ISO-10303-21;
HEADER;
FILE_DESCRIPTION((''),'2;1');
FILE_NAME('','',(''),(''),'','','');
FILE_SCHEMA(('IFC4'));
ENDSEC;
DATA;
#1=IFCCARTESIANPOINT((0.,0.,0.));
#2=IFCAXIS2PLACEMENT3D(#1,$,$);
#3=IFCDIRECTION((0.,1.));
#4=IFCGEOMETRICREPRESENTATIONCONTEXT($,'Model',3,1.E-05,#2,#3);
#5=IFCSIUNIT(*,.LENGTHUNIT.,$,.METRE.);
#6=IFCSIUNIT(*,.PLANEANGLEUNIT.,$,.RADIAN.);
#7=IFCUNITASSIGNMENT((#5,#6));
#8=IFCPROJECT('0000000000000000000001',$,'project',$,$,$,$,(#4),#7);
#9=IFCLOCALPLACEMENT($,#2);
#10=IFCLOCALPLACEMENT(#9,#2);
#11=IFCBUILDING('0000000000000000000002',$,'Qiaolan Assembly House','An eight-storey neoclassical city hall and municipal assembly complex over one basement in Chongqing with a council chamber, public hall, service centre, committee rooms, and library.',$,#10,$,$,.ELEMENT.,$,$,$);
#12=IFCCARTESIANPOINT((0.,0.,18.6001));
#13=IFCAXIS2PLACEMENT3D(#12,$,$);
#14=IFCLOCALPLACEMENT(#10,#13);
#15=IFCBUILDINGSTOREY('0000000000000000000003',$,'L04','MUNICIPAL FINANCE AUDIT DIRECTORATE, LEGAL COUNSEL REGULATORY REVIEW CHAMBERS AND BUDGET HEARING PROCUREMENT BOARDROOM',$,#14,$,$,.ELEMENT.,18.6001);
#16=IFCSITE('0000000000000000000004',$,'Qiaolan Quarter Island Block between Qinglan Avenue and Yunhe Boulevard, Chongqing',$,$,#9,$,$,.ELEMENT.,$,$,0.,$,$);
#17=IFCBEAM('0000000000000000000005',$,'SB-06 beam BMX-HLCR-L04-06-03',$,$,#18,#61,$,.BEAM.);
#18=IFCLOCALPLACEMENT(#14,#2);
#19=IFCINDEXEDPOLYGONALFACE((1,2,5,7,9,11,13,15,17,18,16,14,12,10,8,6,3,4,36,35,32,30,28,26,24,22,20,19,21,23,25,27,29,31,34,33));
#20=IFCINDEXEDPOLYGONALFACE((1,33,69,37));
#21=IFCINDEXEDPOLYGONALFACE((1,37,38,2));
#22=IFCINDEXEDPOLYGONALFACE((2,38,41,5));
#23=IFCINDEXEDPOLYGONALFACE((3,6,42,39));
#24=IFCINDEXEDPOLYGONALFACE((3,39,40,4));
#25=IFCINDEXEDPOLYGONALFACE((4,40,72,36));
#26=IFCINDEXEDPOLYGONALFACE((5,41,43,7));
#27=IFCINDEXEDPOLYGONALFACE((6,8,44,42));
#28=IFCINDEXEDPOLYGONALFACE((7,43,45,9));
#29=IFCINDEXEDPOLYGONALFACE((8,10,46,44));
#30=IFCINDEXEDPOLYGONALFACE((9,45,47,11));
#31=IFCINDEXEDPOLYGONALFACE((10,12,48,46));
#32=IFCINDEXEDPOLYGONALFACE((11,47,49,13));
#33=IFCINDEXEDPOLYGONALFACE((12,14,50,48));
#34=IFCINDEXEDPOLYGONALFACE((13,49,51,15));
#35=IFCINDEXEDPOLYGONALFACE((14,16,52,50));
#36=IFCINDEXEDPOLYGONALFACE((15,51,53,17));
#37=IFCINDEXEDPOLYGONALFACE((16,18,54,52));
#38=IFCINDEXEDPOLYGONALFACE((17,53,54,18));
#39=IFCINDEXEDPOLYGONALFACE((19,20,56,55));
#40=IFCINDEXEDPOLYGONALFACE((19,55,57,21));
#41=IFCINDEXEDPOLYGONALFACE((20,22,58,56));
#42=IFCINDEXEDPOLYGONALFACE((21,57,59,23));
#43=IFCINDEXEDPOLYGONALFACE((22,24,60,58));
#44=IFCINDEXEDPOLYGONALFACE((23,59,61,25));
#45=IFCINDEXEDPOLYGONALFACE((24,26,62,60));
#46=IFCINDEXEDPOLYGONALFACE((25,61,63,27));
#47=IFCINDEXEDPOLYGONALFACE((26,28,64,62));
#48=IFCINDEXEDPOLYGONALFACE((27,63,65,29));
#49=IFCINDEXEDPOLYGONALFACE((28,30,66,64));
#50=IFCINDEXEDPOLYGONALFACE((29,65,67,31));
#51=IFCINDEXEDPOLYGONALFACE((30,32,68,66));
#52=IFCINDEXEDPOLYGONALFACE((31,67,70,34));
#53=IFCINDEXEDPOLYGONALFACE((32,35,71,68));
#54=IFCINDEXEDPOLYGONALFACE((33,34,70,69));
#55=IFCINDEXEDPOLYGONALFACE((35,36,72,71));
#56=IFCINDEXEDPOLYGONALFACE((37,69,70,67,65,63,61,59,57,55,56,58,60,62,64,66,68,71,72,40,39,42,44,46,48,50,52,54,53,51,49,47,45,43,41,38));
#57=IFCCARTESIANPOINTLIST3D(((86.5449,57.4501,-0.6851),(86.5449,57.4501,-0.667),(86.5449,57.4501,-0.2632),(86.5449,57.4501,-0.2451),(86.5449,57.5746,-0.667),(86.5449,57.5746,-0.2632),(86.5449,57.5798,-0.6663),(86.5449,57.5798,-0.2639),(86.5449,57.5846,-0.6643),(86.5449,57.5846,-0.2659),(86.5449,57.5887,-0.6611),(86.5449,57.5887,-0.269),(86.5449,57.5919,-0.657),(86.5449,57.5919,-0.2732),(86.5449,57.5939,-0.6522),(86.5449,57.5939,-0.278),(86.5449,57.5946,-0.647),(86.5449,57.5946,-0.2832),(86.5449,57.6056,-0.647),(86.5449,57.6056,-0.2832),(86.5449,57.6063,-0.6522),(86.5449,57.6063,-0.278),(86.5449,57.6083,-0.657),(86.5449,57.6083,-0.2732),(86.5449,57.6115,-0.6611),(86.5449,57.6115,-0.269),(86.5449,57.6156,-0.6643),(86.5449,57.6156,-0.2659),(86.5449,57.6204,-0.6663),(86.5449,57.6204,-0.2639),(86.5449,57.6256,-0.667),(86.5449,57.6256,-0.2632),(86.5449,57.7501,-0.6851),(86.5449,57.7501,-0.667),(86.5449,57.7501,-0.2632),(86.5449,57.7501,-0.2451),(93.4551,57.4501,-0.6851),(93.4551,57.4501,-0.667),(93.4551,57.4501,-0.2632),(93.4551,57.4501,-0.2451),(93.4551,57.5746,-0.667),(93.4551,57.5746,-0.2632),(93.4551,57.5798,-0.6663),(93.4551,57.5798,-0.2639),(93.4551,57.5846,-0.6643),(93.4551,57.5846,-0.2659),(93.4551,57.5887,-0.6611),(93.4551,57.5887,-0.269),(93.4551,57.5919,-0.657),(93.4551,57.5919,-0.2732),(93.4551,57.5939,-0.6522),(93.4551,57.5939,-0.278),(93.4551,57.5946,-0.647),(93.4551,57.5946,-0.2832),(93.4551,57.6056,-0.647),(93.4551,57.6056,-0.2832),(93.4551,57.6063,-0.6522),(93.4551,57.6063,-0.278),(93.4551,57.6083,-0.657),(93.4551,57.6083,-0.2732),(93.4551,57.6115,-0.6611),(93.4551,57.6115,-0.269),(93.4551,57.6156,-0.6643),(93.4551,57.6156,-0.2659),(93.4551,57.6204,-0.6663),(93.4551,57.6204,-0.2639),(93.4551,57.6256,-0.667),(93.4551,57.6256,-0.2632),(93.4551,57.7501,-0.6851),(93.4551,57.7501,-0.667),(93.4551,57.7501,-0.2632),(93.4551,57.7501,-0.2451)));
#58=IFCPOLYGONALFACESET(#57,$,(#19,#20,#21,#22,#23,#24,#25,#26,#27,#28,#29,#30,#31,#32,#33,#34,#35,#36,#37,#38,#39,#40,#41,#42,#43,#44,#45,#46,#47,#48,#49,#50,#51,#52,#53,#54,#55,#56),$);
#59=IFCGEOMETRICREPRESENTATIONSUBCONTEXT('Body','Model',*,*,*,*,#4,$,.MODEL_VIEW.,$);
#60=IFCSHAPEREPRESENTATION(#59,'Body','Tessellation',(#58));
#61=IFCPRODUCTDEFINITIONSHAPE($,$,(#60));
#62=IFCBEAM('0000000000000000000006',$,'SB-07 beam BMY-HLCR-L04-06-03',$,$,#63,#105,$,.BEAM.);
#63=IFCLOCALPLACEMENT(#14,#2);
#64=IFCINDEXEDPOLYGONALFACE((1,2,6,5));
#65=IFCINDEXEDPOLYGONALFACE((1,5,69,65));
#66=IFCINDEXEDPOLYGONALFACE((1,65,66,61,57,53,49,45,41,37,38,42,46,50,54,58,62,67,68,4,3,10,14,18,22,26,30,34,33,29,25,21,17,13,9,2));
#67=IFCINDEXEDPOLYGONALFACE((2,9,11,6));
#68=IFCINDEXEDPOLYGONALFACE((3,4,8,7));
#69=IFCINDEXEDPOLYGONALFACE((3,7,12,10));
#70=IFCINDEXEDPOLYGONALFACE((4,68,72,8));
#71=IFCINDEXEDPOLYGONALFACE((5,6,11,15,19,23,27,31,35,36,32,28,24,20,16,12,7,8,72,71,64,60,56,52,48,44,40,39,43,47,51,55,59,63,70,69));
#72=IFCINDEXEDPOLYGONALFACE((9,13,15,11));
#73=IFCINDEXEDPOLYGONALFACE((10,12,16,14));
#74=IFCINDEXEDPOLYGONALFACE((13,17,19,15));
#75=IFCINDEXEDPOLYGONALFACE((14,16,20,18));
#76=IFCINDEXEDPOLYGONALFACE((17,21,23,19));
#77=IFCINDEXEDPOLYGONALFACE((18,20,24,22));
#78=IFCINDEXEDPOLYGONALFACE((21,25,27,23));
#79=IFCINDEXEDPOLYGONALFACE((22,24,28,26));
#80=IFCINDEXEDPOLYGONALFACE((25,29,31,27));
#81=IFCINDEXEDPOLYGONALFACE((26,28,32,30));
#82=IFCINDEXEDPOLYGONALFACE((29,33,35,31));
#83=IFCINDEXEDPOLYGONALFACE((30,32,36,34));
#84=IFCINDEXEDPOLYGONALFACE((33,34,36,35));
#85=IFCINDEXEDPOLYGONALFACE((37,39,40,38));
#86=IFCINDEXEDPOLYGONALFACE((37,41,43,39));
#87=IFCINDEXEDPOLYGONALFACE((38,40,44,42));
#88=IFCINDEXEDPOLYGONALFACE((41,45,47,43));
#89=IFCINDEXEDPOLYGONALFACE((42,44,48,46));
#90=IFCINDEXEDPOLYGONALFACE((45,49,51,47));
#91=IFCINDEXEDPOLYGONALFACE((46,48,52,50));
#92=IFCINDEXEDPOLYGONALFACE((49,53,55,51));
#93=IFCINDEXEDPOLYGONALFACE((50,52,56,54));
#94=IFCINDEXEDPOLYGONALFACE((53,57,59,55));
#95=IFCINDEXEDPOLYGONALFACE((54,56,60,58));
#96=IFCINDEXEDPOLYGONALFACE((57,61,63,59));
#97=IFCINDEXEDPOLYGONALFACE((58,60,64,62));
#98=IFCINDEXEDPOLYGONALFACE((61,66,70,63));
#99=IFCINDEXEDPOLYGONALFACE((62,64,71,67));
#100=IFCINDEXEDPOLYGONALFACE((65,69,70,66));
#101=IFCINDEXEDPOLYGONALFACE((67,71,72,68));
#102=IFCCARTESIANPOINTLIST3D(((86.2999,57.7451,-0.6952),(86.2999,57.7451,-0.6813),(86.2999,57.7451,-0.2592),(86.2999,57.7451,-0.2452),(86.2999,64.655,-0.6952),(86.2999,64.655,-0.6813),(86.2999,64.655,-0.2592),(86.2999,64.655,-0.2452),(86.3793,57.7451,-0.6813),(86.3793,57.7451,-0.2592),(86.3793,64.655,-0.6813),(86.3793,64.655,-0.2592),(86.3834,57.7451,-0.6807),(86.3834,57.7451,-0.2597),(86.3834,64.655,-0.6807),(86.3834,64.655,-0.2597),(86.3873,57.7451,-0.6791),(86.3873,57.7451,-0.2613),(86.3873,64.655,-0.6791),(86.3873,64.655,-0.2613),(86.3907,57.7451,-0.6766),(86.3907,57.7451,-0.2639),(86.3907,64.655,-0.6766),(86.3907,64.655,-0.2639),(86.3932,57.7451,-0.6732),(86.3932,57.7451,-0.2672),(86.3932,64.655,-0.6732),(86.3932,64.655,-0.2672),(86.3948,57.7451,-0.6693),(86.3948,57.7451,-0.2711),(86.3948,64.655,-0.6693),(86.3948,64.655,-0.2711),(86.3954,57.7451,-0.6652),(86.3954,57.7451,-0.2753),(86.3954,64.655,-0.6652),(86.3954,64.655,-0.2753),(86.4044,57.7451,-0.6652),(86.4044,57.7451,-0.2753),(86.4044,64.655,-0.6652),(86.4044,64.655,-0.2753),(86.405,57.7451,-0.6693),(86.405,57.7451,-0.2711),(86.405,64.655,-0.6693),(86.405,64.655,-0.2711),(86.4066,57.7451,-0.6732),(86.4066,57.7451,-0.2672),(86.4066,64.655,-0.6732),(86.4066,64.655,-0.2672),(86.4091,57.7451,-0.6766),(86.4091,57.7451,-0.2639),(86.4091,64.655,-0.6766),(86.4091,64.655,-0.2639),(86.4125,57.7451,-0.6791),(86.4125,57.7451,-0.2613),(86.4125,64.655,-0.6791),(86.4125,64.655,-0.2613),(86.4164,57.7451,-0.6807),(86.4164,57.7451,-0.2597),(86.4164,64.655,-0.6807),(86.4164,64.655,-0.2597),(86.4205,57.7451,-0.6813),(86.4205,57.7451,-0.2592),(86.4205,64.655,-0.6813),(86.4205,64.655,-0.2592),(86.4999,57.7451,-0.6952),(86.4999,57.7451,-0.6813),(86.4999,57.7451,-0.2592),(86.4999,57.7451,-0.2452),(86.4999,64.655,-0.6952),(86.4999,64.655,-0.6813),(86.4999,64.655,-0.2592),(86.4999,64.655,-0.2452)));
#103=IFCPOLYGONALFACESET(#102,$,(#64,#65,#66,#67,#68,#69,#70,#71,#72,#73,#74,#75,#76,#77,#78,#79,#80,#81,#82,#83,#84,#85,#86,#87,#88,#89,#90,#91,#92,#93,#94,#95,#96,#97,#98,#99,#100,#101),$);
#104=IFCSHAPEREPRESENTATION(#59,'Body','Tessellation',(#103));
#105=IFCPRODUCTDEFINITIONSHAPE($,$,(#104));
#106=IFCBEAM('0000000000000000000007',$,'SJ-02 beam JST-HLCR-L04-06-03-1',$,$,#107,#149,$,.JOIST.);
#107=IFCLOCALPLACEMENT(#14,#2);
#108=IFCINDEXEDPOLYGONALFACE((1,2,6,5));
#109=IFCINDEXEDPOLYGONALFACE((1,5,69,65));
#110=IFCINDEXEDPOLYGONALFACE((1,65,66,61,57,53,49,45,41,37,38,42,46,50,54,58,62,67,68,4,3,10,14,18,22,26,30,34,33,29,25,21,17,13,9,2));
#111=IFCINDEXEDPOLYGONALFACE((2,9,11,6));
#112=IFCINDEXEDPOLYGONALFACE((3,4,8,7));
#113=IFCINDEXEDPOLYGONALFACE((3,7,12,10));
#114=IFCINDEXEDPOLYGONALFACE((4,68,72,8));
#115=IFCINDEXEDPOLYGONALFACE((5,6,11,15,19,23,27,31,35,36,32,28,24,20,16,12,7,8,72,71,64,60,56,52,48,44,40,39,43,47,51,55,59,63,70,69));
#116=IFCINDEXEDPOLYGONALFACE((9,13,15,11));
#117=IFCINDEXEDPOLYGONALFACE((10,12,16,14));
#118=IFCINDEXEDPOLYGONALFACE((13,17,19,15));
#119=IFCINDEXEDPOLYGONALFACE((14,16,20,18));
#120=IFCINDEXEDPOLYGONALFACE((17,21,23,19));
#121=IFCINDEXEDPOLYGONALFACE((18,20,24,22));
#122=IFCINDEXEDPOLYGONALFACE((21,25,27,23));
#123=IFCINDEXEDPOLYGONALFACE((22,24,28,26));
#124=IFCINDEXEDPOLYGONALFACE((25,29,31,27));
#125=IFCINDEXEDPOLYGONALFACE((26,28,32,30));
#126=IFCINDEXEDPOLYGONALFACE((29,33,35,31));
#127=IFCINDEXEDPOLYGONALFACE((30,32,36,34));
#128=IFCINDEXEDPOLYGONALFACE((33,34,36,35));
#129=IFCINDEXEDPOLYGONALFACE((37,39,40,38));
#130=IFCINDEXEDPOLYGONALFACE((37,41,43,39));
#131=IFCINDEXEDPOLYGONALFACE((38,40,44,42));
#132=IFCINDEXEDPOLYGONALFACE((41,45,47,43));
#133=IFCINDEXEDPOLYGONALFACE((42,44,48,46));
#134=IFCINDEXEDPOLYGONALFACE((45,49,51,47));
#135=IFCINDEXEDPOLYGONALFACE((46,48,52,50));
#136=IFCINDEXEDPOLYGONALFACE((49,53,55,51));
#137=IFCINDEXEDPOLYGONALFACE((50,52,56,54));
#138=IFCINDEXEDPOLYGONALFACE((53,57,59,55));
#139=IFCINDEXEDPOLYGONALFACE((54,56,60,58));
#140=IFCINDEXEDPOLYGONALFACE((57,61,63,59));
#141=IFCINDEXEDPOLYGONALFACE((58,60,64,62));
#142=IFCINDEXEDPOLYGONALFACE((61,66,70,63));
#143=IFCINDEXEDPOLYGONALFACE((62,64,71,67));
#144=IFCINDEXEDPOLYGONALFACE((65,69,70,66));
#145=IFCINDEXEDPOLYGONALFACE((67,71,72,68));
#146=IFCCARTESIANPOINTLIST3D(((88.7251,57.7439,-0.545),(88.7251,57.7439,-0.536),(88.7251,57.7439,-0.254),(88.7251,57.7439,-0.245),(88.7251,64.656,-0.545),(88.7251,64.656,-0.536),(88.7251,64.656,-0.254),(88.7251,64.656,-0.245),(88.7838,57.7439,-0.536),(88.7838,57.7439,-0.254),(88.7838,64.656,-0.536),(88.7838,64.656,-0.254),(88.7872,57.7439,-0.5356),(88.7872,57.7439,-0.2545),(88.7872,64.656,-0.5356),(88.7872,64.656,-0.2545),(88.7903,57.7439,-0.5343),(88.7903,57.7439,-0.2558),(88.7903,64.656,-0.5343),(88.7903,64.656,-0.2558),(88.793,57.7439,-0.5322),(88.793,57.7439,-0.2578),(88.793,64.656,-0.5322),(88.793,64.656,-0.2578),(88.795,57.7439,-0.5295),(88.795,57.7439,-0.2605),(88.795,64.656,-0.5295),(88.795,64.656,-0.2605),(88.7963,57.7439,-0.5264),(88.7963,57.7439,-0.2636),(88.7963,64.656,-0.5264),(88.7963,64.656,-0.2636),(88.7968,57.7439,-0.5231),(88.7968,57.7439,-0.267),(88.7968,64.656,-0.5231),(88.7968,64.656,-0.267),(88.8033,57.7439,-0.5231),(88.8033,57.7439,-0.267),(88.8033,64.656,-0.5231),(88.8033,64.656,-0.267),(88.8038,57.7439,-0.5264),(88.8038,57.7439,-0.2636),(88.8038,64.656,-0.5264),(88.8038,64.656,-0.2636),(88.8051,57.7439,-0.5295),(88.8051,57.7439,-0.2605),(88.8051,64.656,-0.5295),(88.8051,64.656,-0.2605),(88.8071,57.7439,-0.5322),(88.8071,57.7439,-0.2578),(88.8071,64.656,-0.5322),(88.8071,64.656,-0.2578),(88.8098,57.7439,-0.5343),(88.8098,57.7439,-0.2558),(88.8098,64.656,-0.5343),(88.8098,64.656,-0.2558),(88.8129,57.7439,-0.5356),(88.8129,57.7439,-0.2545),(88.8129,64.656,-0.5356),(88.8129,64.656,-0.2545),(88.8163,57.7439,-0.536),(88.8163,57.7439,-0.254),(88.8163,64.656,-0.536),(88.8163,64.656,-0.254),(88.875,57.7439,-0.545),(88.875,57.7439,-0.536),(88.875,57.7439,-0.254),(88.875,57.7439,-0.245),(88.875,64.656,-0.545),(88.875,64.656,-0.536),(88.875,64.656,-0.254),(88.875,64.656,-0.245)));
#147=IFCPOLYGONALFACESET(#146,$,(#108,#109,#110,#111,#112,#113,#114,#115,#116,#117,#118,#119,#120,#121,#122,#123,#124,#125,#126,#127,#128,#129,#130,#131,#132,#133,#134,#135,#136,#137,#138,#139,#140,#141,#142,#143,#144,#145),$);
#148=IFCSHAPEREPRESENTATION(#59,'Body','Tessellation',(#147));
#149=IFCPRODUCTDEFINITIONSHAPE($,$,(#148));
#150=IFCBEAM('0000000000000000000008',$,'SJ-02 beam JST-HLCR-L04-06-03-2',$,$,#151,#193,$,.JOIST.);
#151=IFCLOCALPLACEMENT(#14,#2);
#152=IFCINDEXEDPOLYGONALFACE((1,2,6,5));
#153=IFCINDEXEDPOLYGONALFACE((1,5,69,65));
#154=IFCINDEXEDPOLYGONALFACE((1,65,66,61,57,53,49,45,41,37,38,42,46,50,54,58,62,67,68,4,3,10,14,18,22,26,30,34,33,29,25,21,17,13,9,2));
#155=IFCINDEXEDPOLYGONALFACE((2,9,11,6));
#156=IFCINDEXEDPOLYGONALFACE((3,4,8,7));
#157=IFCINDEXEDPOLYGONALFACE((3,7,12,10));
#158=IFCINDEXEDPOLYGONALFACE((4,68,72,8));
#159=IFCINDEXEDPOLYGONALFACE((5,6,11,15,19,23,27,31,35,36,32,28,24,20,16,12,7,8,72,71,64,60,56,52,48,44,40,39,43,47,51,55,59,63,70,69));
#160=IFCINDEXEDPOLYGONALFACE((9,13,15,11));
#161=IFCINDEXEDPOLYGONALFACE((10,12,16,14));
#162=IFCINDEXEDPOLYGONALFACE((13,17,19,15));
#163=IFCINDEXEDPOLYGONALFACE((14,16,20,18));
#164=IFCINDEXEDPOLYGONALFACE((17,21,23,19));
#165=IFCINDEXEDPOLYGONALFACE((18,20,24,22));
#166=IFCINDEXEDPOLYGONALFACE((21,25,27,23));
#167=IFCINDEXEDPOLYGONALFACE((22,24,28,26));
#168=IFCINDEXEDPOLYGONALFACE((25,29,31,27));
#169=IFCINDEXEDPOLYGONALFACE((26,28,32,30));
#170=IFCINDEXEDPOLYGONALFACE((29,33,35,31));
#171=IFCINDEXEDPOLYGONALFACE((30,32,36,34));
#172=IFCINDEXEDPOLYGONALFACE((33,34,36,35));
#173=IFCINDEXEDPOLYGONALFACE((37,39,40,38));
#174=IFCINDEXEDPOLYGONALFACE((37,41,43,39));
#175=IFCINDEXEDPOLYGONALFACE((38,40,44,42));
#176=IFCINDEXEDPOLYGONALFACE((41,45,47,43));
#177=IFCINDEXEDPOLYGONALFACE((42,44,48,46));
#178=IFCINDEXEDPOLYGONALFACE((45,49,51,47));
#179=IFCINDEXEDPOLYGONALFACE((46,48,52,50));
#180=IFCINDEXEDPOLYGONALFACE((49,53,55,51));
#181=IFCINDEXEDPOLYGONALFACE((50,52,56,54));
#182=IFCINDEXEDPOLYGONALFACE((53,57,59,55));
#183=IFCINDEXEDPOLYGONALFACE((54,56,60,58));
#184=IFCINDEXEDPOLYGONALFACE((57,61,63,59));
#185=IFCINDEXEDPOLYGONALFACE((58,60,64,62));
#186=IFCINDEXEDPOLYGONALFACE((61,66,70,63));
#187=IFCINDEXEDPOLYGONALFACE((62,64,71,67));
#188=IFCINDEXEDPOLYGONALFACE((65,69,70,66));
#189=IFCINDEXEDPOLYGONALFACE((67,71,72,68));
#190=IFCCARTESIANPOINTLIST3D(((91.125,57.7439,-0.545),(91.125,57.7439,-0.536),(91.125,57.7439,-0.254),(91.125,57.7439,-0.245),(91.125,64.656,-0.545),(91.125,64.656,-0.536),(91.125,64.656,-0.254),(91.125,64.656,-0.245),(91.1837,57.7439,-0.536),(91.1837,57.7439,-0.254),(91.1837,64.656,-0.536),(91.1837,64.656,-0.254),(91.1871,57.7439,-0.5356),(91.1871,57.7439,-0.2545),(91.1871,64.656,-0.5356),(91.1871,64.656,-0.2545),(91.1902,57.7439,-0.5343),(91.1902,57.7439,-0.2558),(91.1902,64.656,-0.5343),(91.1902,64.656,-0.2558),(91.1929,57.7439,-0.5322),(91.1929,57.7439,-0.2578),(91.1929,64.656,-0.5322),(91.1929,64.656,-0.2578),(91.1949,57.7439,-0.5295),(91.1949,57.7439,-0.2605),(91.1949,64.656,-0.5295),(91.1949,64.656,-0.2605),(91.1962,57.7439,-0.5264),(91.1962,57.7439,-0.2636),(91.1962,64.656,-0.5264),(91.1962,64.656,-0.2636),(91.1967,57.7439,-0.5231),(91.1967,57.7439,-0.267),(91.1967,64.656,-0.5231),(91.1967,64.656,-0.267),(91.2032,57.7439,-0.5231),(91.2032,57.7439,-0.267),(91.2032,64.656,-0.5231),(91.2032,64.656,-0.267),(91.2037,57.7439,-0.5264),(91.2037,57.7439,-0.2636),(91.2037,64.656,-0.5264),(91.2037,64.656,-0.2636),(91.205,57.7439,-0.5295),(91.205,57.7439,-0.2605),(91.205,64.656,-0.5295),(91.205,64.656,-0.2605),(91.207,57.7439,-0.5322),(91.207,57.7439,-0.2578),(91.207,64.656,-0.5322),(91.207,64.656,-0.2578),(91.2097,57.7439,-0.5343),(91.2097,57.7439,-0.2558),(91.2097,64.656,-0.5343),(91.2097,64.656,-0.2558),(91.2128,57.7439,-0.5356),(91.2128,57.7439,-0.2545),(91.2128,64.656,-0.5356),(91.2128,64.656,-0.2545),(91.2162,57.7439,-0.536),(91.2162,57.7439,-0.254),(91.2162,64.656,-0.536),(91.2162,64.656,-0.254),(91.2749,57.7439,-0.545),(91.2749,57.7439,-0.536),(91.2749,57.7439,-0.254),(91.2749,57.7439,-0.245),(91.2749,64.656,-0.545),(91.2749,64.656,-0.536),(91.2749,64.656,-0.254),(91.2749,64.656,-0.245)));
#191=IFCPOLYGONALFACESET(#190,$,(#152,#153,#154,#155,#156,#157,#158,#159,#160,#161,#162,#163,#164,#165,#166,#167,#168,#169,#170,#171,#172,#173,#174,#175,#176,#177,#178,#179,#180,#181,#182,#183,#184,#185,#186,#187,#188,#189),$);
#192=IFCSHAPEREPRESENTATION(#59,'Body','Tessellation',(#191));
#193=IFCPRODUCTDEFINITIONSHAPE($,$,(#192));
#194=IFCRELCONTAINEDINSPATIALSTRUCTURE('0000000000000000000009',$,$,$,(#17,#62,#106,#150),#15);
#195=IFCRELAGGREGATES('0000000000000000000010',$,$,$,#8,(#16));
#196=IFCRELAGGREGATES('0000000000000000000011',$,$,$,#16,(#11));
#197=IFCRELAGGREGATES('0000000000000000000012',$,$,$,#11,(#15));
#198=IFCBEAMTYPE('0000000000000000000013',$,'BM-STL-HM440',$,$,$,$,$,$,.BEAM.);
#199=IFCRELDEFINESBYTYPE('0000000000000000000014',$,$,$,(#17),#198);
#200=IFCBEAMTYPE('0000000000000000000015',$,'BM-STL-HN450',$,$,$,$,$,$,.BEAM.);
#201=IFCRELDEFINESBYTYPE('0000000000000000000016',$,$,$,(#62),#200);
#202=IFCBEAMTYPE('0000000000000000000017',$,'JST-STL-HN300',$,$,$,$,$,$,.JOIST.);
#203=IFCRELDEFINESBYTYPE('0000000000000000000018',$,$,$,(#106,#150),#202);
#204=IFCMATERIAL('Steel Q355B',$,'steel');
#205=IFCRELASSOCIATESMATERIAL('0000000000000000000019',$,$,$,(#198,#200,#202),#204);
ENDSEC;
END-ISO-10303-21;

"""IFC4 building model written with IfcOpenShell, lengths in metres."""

from ifc_helpers import new_model, si_unit, direction, frame, origin, origin_2d, place, context, subcontext, project, spatial, i_section, extrude, material, material_profile, profile_set, type_object, element, save


model = new_model("IFC4")

# Units and contexts
model_context = context("Model", 3, precision=1e-05, world=origin(), true_north=direction((0.0, 1.0)))
body_context = subcontext(model_context, "Body", "Model", "MODEL_VIEW")
ifc_project = project(units=[si_unit("LENGTHUNIT", "METRE"), si_unit("PLANEANGLEUNIT", "RADIAN")], contexts=[model_context])

# Site, building, storey
site_placement = place(None, origin())
site = spatial("IfcSite", under=ifc_project, at=site_placement, Name="Qiaolan Quarter Island Block between Qinglan Avenue and Yunhe Boulevard, Chongqing", CompositionType="ELEMENT", RefElevation=0.0)
building_placement = place(site_placement, origin())
building = spatial("IfcBuilding", under=site, at=building_placement, Name="Qiaolan Assembly House", Description="An eight-storey neoclassical city hall and municipal assembly complex over one basement in Chongqing with a council chamber, public hall, service centre, committee rooms, and library.", CompositionType="ELEMENT")
storey_placement = place(building_placement, frame((0.0, 0.0, 18.6001)))
storey = spatial("IfcBuildingStorey", under=building, at=storey_placement, Name="L04", Description="MUNICIPAL FINANCE AUDIT DIRECTORATE, LEGAL COUNSEL REGULATORY REVIEW CHAMBERS AND BUDGET HEARING PROCUREMENT BOARDROOM", CompositionType="ELEMENT", Elevation=18.6001)

# Beams
ifc_material_1 = material(Name="Steel Q355B", Category="steel")
ifc_material_profile_1 = material_profile(ifc_material_1, i_section(OverallWidth=0.3, OverallDepth=0.4399, WebThickness=0.011, FlangeThickness=0.0181, FilletRadius=0.02, at=origin_2d()), Name="HM 440x300x11x18")
ifc_profile_set_1 = profile_set([ifc_material_profile_1], Name="Steel Q355B")
beam_type_1 = type_object("IfcBeamType", Name="BM-STL-HM440", PredefinedType="BEAM", material=ifc_profile_set_1)
beam_1_placement = place(storey_placement, frame((86.5449, 57.6001, -0.4651), z_axis=(1.0, 0.0, 0.0), x_axis=(0.0, 1.0, 0.0)))
element("IfcBeam", 1, at=beam_1_placement, inside=storey, type_object=beam_type_1, Name="SB-06 beam BMX-HLCR-L04-06-03", PredefinedType="BEAM", context=body_context, shape_type="SweptSolid", body=[
    extrude(i_section(OverallWidth=0.3, OverallDepth=0.4399, WebThickness=0.011, FlangeThickness=0.0181, FilletRadius=0.02, at=origin_2d()), origin(), (0.0, 0.0, 1.0), 6.9102),
])
ifc_material_profile_2 = material_profile(ifc_material_1, i_section(OverallWidth=0.2, OverallDepth=0.45, WebThickness=0.009, FlangeThickness=0.0139, FilletRadius=0.0161, at=origin_2d()), Name="HN 450x200x9x14")
ifc_profile_set_2 = profile_set([ifc_material_profile_2], Name="Steel Q355B")
beam_type_2 = type_object("IfcBeamType", Name="BM-STL-HN450", PredefinedType="BEAM", material=ifc_profile_set_2)
beam_2_placement = place(storey_placement, frame((86.3999, 57.7451, -0.4702), z_axis=(0.0, 1.0, 0.0), x_axis=(-1.0, 0.0, 0.0)))
element("IfcBeam", 2, at=beam_2_placement, inside=storey, type_object=beam_type_2, Name="SB-07 beam BMY-HLCR-L04-06-03", PredefinedType="BEAM", context=body_context, shape_type="SweptSolid", body=[
    extrude(i_section(OverallWidth=0.2, OverallDepth=0.45, WebThickness=0.009, FlangeThickness=0.0139, FilletRadius=0.0161, at=origin_2d()), origin(), (0.0, 0.0, 1.0), 6.9099),
])
ifc_material_profile_3 = material_profile(ifc_material_1, i_section(OverallWidth=0.1499, OverallDepth=0.3, WebThickness=0.0066, FlangeThickness=0.009, FilletRadius=0.0129, at=origin_2d()), Name="HN 300x150x6.5x9")
ifc_profile_set_3 = profile_set([ifc_material_profile_3], Name="Steel Q355B")
beam_type_3 = type_object("IfcBeamType", Name="JST-STL-HN300", PredefinedType="JOIST", material=ifc_profile_set_3)
for number, where, z_axis, x_axis, name in (
    (3, (88.8, 57.7439, -0.395), (0.0, 1.0, 0.0), (-1.0, 0.0, 0.0), "SJ-02 beam JST-HLCR-L04-06-03-1"),
    (4, (91.2, 57.7439, -0.395), (0.0, 1.0, 0.0), (-1.0, 0.0, 0.0), "SJ-02 beam JST-HLCR-L04-06-03-2"),
):
    element("IfcBeam", number, at=place(storey_placement, frame(where, z_axis=z_axis, x_axis=x_axis)), inside=storey, type_object=beam_type_3, Name=name, PredefinedType="JOIST", context=body_context, shape_type="SweptSolid", body=[
        extrude(i_section(OverallWidth=0.1499, OverallDepth=0.3, WebThickness=0.0066, FlangeThickness=0.009, FilletRadius=0.0129, at=origin_2d()), origin(), (0.0, 0.0, 1.0), 6.9121),
    ])

save(model, "model.ifc")
